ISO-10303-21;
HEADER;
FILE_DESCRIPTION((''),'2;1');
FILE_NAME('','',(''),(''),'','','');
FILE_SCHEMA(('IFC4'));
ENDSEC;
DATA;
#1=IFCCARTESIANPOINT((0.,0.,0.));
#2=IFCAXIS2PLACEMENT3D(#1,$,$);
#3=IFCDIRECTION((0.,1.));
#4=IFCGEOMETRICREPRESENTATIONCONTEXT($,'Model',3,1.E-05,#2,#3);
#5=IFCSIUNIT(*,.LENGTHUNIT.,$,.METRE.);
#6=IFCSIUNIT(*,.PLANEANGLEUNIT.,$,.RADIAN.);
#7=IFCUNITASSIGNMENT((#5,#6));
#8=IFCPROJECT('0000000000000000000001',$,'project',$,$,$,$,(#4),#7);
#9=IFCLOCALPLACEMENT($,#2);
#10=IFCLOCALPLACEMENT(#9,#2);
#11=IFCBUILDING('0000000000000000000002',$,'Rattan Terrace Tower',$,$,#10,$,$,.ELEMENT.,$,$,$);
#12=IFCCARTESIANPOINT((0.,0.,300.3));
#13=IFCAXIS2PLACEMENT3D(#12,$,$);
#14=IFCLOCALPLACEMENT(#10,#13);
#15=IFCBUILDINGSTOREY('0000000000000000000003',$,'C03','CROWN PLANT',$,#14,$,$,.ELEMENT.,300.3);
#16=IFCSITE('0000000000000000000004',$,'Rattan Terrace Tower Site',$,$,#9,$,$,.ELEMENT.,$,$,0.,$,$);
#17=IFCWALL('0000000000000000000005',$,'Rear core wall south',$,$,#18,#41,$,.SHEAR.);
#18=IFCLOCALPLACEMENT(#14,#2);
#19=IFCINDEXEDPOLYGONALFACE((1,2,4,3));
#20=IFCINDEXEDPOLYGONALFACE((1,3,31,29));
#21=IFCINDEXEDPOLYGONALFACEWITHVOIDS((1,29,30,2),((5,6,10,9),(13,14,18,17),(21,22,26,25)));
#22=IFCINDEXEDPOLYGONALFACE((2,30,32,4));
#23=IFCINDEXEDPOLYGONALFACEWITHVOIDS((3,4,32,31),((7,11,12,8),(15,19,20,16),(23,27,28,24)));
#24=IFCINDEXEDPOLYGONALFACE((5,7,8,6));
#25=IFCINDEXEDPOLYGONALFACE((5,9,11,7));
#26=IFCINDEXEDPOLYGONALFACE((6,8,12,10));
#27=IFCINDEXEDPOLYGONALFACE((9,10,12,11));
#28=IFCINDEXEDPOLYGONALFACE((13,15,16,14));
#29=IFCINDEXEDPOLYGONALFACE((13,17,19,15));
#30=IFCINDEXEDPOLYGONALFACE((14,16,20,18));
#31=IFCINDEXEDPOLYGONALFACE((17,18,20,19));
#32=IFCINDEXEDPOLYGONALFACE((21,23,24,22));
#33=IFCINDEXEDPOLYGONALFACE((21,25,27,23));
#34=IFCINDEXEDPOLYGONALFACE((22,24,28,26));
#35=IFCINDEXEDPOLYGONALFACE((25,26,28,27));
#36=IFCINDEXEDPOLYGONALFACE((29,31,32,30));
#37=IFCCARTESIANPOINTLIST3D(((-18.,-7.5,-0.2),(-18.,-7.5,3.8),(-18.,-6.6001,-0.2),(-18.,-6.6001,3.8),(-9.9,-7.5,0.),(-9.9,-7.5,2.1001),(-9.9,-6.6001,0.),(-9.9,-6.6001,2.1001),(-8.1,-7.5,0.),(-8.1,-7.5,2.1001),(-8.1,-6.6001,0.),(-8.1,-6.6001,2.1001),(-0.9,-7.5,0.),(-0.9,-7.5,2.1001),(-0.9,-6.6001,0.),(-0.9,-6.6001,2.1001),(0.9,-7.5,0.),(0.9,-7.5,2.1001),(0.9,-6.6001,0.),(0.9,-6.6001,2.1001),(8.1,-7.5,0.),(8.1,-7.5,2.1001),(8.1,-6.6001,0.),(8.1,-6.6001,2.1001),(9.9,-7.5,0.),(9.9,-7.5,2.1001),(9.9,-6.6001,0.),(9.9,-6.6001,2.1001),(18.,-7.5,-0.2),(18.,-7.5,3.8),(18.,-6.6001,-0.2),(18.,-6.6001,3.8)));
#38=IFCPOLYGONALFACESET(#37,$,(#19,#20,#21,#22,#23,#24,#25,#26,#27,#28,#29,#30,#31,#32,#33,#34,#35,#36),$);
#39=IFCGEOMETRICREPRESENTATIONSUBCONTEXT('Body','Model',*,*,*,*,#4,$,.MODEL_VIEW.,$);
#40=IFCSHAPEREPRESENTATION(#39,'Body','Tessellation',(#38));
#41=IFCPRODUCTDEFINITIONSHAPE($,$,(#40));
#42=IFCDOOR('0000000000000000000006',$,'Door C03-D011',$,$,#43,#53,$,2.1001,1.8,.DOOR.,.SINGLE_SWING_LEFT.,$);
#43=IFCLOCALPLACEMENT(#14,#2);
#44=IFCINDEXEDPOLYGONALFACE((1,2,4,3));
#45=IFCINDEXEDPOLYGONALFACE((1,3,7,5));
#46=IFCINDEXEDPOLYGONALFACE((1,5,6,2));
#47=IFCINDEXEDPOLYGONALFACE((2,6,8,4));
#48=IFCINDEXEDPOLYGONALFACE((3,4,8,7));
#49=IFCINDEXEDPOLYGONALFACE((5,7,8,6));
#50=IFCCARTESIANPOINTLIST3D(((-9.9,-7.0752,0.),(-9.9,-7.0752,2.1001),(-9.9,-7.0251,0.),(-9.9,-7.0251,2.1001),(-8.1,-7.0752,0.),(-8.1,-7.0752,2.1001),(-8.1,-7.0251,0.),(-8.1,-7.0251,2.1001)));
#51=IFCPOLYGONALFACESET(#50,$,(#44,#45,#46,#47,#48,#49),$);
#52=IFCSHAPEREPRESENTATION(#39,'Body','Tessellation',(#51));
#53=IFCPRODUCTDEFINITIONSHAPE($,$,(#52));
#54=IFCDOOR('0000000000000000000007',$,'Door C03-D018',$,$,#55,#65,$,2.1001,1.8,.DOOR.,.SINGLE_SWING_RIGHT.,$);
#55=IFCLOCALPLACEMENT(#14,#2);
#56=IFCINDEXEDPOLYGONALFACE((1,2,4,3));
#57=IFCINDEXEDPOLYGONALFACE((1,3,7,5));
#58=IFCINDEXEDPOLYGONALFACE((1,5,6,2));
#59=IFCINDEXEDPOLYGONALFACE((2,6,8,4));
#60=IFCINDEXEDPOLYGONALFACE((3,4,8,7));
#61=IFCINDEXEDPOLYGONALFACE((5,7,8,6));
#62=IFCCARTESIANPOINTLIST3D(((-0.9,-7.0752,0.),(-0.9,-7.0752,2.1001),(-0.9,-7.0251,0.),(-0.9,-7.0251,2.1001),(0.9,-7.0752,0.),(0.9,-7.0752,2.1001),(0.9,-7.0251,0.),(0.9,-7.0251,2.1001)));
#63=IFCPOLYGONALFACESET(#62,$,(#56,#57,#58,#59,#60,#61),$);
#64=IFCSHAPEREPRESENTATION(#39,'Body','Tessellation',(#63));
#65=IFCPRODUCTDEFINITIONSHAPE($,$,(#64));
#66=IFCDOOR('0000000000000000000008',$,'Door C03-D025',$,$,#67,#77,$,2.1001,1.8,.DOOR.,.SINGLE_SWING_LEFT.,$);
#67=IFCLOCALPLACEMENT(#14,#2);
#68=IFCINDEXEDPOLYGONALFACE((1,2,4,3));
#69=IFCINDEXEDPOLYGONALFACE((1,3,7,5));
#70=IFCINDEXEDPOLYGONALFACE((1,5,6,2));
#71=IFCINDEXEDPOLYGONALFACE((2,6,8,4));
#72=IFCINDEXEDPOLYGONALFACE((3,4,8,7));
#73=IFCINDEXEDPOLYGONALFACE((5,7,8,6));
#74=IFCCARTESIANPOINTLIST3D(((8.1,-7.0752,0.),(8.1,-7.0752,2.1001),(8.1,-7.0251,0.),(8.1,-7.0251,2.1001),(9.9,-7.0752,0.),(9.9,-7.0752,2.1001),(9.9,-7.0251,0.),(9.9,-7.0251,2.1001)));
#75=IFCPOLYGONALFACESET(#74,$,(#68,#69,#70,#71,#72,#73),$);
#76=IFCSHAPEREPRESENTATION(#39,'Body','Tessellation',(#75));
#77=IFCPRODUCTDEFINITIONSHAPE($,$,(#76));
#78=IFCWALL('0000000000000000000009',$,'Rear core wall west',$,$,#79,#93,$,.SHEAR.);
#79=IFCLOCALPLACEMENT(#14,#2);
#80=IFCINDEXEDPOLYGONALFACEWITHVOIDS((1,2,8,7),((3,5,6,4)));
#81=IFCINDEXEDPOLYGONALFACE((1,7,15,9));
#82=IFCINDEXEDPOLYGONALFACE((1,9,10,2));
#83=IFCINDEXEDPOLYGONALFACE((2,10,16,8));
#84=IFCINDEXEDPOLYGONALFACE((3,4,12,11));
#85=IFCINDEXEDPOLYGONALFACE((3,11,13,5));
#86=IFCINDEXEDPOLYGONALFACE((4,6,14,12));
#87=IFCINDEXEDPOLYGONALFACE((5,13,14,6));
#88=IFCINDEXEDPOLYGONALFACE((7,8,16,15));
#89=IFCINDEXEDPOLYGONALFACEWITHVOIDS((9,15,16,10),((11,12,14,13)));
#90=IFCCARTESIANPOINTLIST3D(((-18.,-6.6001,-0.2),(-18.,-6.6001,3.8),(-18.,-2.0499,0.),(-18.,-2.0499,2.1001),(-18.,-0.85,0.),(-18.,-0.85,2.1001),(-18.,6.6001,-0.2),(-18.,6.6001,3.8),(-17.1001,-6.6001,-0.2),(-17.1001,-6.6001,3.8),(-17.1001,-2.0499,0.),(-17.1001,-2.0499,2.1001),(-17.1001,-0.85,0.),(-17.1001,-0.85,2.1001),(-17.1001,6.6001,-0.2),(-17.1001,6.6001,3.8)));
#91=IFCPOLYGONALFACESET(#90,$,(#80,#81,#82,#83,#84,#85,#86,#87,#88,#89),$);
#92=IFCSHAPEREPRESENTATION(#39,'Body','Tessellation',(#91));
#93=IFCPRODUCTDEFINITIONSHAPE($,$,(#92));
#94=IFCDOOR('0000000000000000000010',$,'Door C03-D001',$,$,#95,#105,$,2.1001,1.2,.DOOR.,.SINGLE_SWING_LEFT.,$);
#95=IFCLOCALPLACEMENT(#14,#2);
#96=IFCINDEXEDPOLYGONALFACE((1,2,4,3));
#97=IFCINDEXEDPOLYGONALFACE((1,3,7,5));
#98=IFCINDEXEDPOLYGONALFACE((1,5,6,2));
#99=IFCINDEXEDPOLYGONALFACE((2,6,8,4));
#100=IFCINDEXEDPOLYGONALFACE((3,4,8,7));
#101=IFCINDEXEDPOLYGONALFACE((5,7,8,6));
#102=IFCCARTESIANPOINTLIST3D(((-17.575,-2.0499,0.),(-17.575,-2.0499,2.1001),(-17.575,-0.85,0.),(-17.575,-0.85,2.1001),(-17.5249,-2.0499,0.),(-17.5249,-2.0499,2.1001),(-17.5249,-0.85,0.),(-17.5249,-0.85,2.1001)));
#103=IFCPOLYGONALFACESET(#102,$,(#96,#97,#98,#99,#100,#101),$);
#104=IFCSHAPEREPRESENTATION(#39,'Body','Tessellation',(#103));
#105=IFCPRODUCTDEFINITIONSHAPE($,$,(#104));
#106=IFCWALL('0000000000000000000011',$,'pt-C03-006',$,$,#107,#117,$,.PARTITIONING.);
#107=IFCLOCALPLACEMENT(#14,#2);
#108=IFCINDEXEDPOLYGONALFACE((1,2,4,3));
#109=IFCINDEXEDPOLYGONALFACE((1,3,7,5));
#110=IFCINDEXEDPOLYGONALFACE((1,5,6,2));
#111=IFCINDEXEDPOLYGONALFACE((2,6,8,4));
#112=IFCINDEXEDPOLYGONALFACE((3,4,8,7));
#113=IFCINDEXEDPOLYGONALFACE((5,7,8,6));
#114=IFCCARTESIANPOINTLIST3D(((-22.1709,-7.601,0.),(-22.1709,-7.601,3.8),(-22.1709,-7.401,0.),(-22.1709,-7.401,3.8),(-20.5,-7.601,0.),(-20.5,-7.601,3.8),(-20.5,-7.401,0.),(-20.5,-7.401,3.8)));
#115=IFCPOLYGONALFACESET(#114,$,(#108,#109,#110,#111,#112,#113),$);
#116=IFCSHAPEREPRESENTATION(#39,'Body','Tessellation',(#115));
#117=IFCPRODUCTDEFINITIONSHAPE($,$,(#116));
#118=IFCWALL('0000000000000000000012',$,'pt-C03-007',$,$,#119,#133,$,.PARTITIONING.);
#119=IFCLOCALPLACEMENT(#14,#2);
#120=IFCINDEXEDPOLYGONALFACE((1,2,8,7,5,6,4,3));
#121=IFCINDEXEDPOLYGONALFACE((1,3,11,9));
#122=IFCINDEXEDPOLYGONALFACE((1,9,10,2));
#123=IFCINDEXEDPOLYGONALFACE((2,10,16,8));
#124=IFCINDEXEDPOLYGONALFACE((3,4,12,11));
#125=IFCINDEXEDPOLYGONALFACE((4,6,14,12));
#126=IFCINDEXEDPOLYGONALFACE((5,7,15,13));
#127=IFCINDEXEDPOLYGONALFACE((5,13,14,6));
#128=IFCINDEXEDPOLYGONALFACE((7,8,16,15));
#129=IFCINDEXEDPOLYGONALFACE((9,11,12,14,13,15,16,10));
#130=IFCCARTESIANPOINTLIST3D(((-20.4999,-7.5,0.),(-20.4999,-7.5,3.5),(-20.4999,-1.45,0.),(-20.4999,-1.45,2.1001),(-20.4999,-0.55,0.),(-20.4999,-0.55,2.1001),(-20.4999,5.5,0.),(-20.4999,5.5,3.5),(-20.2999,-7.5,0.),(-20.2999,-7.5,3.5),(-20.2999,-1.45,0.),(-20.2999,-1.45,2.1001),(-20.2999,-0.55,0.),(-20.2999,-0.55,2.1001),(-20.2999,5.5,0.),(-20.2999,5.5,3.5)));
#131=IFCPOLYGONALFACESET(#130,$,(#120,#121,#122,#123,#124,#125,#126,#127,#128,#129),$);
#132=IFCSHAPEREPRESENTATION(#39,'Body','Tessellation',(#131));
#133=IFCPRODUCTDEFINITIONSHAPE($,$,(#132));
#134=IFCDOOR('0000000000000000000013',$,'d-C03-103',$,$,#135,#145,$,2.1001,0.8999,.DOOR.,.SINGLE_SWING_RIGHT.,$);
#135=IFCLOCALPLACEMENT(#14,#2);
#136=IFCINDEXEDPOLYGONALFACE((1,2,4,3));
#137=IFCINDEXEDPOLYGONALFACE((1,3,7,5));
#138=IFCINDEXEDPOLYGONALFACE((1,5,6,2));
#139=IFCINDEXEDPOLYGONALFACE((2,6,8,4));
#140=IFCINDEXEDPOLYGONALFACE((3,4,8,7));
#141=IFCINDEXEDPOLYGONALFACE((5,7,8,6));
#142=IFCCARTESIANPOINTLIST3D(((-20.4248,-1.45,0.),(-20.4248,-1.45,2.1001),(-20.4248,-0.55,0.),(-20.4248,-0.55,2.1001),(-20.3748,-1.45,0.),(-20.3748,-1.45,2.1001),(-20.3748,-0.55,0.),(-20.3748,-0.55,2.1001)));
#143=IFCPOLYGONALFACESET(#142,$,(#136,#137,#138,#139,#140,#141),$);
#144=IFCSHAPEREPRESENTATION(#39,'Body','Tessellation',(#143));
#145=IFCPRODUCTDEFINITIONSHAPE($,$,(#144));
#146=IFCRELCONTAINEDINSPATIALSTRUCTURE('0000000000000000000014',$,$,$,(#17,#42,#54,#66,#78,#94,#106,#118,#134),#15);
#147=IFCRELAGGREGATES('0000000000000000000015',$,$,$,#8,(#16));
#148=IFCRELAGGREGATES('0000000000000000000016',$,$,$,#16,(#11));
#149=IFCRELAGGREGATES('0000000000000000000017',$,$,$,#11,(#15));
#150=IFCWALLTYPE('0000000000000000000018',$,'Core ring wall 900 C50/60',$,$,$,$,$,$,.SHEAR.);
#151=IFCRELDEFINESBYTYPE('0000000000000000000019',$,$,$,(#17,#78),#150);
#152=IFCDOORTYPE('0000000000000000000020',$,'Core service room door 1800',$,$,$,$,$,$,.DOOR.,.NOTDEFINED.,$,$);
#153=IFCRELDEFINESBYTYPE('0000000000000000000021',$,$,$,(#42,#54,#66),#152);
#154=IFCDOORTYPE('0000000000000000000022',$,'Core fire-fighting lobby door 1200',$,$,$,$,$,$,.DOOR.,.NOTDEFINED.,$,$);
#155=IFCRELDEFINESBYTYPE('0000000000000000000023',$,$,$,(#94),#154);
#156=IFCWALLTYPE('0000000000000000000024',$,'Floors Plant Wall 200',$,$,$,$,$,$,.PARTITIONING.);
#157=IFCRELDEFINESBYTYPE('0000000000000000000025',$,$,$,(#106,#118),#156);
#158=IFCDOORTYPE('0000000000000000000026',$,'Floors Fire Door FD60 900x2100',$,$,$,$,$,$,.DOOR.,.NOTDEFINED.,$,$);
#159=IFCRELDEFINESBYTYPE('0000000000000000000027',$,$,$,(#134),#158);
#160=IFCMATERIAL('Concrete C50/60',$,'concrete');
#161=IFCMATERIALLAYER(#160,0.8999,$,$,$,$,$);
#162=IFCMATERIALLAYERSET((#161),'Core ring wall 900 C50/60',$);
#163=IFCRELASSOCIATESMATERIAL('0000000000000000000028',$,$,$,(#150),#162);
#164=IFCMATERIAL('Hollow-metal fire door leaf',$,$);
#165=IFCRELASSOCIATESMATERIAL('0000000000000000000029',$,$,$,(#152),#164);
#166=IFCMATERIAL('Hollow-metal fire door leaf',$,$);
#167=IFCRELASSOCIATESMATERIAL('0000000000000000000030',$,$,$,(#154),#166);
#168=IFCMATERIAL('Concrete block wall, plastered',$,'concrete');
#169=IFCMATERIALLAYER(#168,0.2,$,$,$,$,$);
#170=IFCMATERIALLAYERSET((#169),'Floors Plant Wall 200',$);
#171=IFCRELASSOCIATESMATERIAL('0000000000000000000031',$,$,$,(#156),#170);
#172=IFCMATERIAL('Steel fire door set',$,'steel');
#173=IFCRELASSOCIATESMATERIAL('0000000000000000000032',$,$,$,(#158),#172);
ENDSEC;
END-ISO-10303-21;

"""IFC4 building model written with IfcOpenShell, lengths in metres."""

from ifc_helpers import new_model, si_unit, direction, frame, frame_2d, origin, place, context, subcontext, project, spatial, rectangle, extrude, material, layer, layer_set, type_object, element, fill, save


model = new_model("IFC4")

# Units and contexts
model_context = context("Model", 3, precision=1e-05, world=origin(), true_north=direction((0.0, 1.0)))
body_context = subcontext(model_context, "Body", "Model", "MODEL_VIEW")
ifc_project = project(units=[si_unit("LENGTHUNIT", "METRE"), si_unit("PLANEANGLEUNIT", "RADIAN")], contexts=[model_context])

# Site, building, storey
site_placement = place(None, origin())
site = spatial("IfcSite", under=ifc_project, at=site_placement, Name="Rattan Terrace Tower Site", CompositionType="ELEMENT", RefElevation=0.0)
building_placement = place(site_placement, origin())
building = spatial("IfcBuilding", under=site, at=building_placement, Name="Rattan Terrace Tower", CompositionType="ELEMENT")
storey_placement = place(building_placement, frame((0.0, 0.0, 300.3)))
storey = spatial("IfcBuildingStorey", under=building, at=storey_placement, Name="C03", Description="CROWN PLANT", CompositionType="ELEMENT", Elevation=300.3)

# Wall, openings, doors
ifc_material_1 = material(Name="Concrete C50/60", Category="concrete")
ifc_layer_1 = layer(ifc_material_1, 0.8999)
ifc_layer_set_1 = layer_set([ifc_layer_1], Name="Core ring wall 900 C50/60")
wall_type_1 = type_object("IfcWallType", Name="Core ring wall 900 C50/60", PredefinedType="SHEAR", material=ifc_layer_set_1)
wall_1_placement = place(storey_placement, frame((-18.0, -7.05, -0.2), z_axis=(0.0, 0.0, 1.0), x_axis=(1.0, 0.0, 0.0)))
wall_1 = element("IfcWall", 1, at=wall_1_placement, inside=storey, type_object=wall_type_1, Name="Rear core wall south", PredefinedType="SHEAR", context=body_context, shape_type="SweptSolid", body=[
    extrude(rectangle(XDim=36.0, YDim=0.8999, at=frame_2d((18.0, 0.0))), origin(), (0.0, 0.0, 1.0), 4.0),
])
opening_1_placement = place(wall_1_placement, frame((8.1001, 0.0, 0.2)))
opening_1 = element("IfcOpeningElement", 2, at=opening_1_placement, cuts=wall_1, PredefinedType="OPENING", context=body_context, shape_type="SweptSolid", body=[
    extrude(rectangle(XDim=1.8, YDim=2.1001, at=frame_2d((0.8999, 1.05))), frame((0.0, 0.4604, 0.0), z_axis=(0.0, -1.0, 0.0), x_axis=(1.0, 0.0, 0.0)), (0.0, 0.0, 1.0), 0.9209),
])
opening_2_placement = place(wall_1_placement, frame((17.1001, 0.0, 0.2)))
opening_2 = element("IfcOpeningElement", 3, at=opening_2_placement, cuts=wall_1, PredefinedType="OPENING", context=body_context, shape_type="SweptSolid", body=[
    extrude(rectangle(XDim=1.8, YDim=2.1001, at=frame_2d((0.8999, 1.05))), frame((0.0, 0.4604, 0.0), z_axis=(0.0, -1.0, 0.0), x_axis=(1.0, 0.0, 0.0)), (0.0, 0.0, 1.0), 0.9209),
])
opening_3_placement = place(wall_1_placement, frame((26.1001, 0.0, 0.2)))
opening_3 = element("IfcOpeningElement", 4, at=opening_3_placement, cuts=wall_1, PredefinedType="OPENING", context=body_context, shape_type="SweptSolid", body=[
    extrude(rectangle(XDim=1.8, YDim=2.1001, at=frame_2d((0.8999, 1.05))), frame((0.0, 0.4604, 0.0), z_axis=(0.0, -1.0, 0.0), x_axis=(1.0, 0.0, 0.0)), (0.0, 0.0, 1.0), 0.9209),
])
ifc_material_2 = material(Name="Hollow-metal fire door leaf")
door_type_1 = type_object("IfcDoorType", Name="Core service room door 1800", OperationType="NOTDEFINED", PredefinedType="DOOR", material=ifc_material_2)
door_1_placement = place(opening_1_placement, origin())
door_1 = element("IfcDoor", 5, at=door_1_placement, inside=storey, type_object=door_type_1, Name="Door C03-D011", OperationType="SINGLE_SWING_LEFT", OverallHeight=2.1001, OverallWidth=1.8, PredefinedType="DOOR", context=body_context, shape_type="SweptSolid", body=[
    extrude(rectangle(XDim=1.8, YDim=2.1001, at=frame_2d((0.8999, 1.05))), frame((0.0, 0.0249, 0.0), z_axis=(0.0, -1.0, 0.0), x_axis=(1.0, 0.0, 0.0)), (0.0, 0.0, 1.0), 0.05),
])
fill(opening_1, door_1)
door_2_placement = place(opening_2_placement, origin())
door_2 = element("IfcDoor", 6, at=door_2_placement, inside=storey, type_object=door_type_1, Name="Door C03-D018", OperationType="SINGLE_SWING_RIGHT", OverallHeight=2.1001, OverallWidth=1.8, PredefinedType="DOOR", context=body_context, shape_type="SweptSolid", body=[
    extrude(rectangle(XDim=1.8, YDim=2.1001, at=frame_2d((0.8999, 1.05))), frame((0.0, 0.0249, 0.0), z_axis=(0.0, -1.0, 0.0), x_axis=(1.0, 0.0, 0.0)), (0.0, 0.0, 1.0), 0.05),
])
fill(opening_2, door_2)
door_3_placement = place(opening_3_placement, origin())
door_3 = element("IfcDoor", 7, at=door_3_placement, inside=storey, type_object=door_type_1, Name="Door C03-D025", OperationType="SINGLE_SWING_LEFT", OverallHeight=2.1001, OverallWidth=1.8, PredefinedType="DOOR", context=body_context, shape_type="SweptSolid", body=[
    extrude(rectangle(XDim=1.8, YDim=2.1001, at=frame_2d((0.8999, 1.05))), frame((0.0, 0.0249, 0.0), z_axis=(0.0, -1.0, 0.0), x_axis=(1.0, 0.0, 0.0)), (0.0, 0.0, 1.0), 0.05),
])
fill(opening_3, door_3)

# Wall, opening, door
wall_2_placement = place(storey_placement, frame((-17.55, -6.6001, -0.2), z_axis=(0.0, 0.0, 1.0), x_axis=(0.0, 1.0, 0.0)))
wall_2 = element("IfcWall", 8, at=wall_2_placement, inside=storey, type_object=wall_type_1, Name="Rear core wall west", PredefinedType="SHEAR", context=body_context, shape_type="SweptSolid", body=[
    extrude(rectangle(XDim=13.2002, YDim=0.8999, at=frame_2d((6.6001, 0.0))), origin(), (0.0, 0.0, 1.0), 4.0),
])
opening_4_placement = place(wall_2_placement, frame((4.55, 0.0, 0.2)))
opening_4 = element("IfcOpeningElement", 9, at=opening_4_placement, cuts=wall_2, PredefinedType="OPENING", context=body_context, shape_type="SweptSolid", body=[
    extrude(rectangle(XDim=1.2, YDim=2.1001, at=frame_2d((0.6001, 1.05))), frame((0.0, 0.4604, 0.0), z_axis=(0.0, -1.0, 0.0), x_axis=(1.0, 0.0, 0.0)), (0.0, 0.0, 1.0), 0.9209),
])
ifc_material_3 = material(Name="Hollow-metal fire door leaf")
door_type_2 = type_object("IfcDoorType", Name="Core fire-fighting lobby door 1200", OperationType="NOTDEFINED", PredefinedType="DOOR", material=ifc_material_3)
door_4_placement = place(opening_4_placement, origin())
door_4 = element("IfcDoor", 10, at=door_4_placement, inside=storey, type_object=door_type_2, Name="Door C03-D001", OperationType="SINGLE_SWING_LEFT", OverallHeight=2.1001, OverallWidth=1.2, PredefinedType="DOOR", context=body_context, shape_type="SweptSolid", body=[
    extrude(rectangle(XDim=1.2, YDim=2.1001, at=frame_2d((0.6001, 1.05))), frame((0.0, 0.0249, 0.0), z_axis=(0.0, -1.0, 0.0), x_axis=(1.0, 0.0, 0.0)), (0.0, 0.0, 1.0), 0.05),
])
fill(opening_4, door_4)

# Wall
ifc_material_4 = material(Name="Concrete block wall, plastered", Category="concrete")
ifc_layer_2 = layer(ifc_material_4, 0.2)
ifc_layer_set_2 = layer_set([ifc_layer_2], Name="Floors Plant Wall 200")
wall_type_2 = type_object("IfcWallType", Name="Floors Plant Wall 200", PredefinedType="PARTITIONING", material=ifc_layer_set_2)
wall_3_placement = place(storey_placement, frame((-22.1709, -7.501, 0.0), z_axis=(0.0, 0.0, 1.0), x_axis=(1.0, 0.0, 0.0)))
element("IfcWall", 11, at=wall_3_placement, inside=storey, type_object=wall_type_2, Name="pt-C03-006", PredefinedType="PARTITIONING", context=body_context, shape_type="SweptSolid", body=[
    extrude(rectangle(XDim=1.6709, YDim=0.2, at=frame_2d((0.8354, 0.0))), origin(), (0.0, 0.0, 1.0), 3.8),
])

# Wall, opening, door
wall_4_placement = place(storey_placement, frame((-20.3999, -7.5, 0.0), z_axis=(0.0, 0.0, 1.0), x_axis=(0.0, 1.0, 0.0)))
wall_4 = element("IfcWall", 12, at=wall_4_placement, inside=storey, type_object=wall_type_2, Name="pt-C03-007", PredefinedType="PARTITIONING", context=body_context, shape_type="SweptSolid", body=[
    extrude(rectangle(XDim=13.0, YDim=0.2, at=frame_2d((6.5, 0.0))), origin(), (0.0, 0.0, 1.0), 3.5),
])
opening_5_placement = place(wall_4_placement, frame((6.05, 0.0, 0.0)))
opening_5 = element("IfcOpeningElement", 13, at=opening_5_placement, cuts=wall_4, PredefinedType="OPENING", context=body_context, shape_type="SweptSolid", body=[
    extrude(rectangle(XDim=0.8999, YDim=2.1001, at=frame_2d((0.45, 1.05))), frame((0.0, 0.1106, 0.0), z_axis=(0.0, -1.0, 0.0), x_axis=(1.0, 0.0, 0.0)), (0.0, 0.0, 1.0), 0.2209),
])
ifc_material_5 = material(Name="Steel fire door set", Category="steel")
door_type_3 = type_object("IfcDoorType", Name="Floors Fire Door FD60 900x2100", OperationType="NOTDEFINED", PredefinedType="DOOR", material=ifc_material_5)
door_5_placement = place(opening_5_placement, origin())
door_5 = element("IfcDoor", 14, at=door_5_placement, inside=storey, type_object=door_type_3, Name="d-C03-103", OperationType="SINGLE_SWING_RIGHT", OverallHeight=2.1001, OverallWidth=0.8999, PredefinedType="DOOR", context=body_context, shape_type="SweptSolid", body=[
    extrude(rectangle(XDim=0.8999, YDim=2.1001, at=frame_2d((0.45, 1.05))), frame((0.0, 0.0249, 0.0), z_axis=(0.0, -1.0, 0.0), x_axis=(1.0, 0.0, 0.0)), (0.0, 0.0, 1.0), 0.05),
])
fill(opening_5, door_5)

save(model, "model.ifc")
